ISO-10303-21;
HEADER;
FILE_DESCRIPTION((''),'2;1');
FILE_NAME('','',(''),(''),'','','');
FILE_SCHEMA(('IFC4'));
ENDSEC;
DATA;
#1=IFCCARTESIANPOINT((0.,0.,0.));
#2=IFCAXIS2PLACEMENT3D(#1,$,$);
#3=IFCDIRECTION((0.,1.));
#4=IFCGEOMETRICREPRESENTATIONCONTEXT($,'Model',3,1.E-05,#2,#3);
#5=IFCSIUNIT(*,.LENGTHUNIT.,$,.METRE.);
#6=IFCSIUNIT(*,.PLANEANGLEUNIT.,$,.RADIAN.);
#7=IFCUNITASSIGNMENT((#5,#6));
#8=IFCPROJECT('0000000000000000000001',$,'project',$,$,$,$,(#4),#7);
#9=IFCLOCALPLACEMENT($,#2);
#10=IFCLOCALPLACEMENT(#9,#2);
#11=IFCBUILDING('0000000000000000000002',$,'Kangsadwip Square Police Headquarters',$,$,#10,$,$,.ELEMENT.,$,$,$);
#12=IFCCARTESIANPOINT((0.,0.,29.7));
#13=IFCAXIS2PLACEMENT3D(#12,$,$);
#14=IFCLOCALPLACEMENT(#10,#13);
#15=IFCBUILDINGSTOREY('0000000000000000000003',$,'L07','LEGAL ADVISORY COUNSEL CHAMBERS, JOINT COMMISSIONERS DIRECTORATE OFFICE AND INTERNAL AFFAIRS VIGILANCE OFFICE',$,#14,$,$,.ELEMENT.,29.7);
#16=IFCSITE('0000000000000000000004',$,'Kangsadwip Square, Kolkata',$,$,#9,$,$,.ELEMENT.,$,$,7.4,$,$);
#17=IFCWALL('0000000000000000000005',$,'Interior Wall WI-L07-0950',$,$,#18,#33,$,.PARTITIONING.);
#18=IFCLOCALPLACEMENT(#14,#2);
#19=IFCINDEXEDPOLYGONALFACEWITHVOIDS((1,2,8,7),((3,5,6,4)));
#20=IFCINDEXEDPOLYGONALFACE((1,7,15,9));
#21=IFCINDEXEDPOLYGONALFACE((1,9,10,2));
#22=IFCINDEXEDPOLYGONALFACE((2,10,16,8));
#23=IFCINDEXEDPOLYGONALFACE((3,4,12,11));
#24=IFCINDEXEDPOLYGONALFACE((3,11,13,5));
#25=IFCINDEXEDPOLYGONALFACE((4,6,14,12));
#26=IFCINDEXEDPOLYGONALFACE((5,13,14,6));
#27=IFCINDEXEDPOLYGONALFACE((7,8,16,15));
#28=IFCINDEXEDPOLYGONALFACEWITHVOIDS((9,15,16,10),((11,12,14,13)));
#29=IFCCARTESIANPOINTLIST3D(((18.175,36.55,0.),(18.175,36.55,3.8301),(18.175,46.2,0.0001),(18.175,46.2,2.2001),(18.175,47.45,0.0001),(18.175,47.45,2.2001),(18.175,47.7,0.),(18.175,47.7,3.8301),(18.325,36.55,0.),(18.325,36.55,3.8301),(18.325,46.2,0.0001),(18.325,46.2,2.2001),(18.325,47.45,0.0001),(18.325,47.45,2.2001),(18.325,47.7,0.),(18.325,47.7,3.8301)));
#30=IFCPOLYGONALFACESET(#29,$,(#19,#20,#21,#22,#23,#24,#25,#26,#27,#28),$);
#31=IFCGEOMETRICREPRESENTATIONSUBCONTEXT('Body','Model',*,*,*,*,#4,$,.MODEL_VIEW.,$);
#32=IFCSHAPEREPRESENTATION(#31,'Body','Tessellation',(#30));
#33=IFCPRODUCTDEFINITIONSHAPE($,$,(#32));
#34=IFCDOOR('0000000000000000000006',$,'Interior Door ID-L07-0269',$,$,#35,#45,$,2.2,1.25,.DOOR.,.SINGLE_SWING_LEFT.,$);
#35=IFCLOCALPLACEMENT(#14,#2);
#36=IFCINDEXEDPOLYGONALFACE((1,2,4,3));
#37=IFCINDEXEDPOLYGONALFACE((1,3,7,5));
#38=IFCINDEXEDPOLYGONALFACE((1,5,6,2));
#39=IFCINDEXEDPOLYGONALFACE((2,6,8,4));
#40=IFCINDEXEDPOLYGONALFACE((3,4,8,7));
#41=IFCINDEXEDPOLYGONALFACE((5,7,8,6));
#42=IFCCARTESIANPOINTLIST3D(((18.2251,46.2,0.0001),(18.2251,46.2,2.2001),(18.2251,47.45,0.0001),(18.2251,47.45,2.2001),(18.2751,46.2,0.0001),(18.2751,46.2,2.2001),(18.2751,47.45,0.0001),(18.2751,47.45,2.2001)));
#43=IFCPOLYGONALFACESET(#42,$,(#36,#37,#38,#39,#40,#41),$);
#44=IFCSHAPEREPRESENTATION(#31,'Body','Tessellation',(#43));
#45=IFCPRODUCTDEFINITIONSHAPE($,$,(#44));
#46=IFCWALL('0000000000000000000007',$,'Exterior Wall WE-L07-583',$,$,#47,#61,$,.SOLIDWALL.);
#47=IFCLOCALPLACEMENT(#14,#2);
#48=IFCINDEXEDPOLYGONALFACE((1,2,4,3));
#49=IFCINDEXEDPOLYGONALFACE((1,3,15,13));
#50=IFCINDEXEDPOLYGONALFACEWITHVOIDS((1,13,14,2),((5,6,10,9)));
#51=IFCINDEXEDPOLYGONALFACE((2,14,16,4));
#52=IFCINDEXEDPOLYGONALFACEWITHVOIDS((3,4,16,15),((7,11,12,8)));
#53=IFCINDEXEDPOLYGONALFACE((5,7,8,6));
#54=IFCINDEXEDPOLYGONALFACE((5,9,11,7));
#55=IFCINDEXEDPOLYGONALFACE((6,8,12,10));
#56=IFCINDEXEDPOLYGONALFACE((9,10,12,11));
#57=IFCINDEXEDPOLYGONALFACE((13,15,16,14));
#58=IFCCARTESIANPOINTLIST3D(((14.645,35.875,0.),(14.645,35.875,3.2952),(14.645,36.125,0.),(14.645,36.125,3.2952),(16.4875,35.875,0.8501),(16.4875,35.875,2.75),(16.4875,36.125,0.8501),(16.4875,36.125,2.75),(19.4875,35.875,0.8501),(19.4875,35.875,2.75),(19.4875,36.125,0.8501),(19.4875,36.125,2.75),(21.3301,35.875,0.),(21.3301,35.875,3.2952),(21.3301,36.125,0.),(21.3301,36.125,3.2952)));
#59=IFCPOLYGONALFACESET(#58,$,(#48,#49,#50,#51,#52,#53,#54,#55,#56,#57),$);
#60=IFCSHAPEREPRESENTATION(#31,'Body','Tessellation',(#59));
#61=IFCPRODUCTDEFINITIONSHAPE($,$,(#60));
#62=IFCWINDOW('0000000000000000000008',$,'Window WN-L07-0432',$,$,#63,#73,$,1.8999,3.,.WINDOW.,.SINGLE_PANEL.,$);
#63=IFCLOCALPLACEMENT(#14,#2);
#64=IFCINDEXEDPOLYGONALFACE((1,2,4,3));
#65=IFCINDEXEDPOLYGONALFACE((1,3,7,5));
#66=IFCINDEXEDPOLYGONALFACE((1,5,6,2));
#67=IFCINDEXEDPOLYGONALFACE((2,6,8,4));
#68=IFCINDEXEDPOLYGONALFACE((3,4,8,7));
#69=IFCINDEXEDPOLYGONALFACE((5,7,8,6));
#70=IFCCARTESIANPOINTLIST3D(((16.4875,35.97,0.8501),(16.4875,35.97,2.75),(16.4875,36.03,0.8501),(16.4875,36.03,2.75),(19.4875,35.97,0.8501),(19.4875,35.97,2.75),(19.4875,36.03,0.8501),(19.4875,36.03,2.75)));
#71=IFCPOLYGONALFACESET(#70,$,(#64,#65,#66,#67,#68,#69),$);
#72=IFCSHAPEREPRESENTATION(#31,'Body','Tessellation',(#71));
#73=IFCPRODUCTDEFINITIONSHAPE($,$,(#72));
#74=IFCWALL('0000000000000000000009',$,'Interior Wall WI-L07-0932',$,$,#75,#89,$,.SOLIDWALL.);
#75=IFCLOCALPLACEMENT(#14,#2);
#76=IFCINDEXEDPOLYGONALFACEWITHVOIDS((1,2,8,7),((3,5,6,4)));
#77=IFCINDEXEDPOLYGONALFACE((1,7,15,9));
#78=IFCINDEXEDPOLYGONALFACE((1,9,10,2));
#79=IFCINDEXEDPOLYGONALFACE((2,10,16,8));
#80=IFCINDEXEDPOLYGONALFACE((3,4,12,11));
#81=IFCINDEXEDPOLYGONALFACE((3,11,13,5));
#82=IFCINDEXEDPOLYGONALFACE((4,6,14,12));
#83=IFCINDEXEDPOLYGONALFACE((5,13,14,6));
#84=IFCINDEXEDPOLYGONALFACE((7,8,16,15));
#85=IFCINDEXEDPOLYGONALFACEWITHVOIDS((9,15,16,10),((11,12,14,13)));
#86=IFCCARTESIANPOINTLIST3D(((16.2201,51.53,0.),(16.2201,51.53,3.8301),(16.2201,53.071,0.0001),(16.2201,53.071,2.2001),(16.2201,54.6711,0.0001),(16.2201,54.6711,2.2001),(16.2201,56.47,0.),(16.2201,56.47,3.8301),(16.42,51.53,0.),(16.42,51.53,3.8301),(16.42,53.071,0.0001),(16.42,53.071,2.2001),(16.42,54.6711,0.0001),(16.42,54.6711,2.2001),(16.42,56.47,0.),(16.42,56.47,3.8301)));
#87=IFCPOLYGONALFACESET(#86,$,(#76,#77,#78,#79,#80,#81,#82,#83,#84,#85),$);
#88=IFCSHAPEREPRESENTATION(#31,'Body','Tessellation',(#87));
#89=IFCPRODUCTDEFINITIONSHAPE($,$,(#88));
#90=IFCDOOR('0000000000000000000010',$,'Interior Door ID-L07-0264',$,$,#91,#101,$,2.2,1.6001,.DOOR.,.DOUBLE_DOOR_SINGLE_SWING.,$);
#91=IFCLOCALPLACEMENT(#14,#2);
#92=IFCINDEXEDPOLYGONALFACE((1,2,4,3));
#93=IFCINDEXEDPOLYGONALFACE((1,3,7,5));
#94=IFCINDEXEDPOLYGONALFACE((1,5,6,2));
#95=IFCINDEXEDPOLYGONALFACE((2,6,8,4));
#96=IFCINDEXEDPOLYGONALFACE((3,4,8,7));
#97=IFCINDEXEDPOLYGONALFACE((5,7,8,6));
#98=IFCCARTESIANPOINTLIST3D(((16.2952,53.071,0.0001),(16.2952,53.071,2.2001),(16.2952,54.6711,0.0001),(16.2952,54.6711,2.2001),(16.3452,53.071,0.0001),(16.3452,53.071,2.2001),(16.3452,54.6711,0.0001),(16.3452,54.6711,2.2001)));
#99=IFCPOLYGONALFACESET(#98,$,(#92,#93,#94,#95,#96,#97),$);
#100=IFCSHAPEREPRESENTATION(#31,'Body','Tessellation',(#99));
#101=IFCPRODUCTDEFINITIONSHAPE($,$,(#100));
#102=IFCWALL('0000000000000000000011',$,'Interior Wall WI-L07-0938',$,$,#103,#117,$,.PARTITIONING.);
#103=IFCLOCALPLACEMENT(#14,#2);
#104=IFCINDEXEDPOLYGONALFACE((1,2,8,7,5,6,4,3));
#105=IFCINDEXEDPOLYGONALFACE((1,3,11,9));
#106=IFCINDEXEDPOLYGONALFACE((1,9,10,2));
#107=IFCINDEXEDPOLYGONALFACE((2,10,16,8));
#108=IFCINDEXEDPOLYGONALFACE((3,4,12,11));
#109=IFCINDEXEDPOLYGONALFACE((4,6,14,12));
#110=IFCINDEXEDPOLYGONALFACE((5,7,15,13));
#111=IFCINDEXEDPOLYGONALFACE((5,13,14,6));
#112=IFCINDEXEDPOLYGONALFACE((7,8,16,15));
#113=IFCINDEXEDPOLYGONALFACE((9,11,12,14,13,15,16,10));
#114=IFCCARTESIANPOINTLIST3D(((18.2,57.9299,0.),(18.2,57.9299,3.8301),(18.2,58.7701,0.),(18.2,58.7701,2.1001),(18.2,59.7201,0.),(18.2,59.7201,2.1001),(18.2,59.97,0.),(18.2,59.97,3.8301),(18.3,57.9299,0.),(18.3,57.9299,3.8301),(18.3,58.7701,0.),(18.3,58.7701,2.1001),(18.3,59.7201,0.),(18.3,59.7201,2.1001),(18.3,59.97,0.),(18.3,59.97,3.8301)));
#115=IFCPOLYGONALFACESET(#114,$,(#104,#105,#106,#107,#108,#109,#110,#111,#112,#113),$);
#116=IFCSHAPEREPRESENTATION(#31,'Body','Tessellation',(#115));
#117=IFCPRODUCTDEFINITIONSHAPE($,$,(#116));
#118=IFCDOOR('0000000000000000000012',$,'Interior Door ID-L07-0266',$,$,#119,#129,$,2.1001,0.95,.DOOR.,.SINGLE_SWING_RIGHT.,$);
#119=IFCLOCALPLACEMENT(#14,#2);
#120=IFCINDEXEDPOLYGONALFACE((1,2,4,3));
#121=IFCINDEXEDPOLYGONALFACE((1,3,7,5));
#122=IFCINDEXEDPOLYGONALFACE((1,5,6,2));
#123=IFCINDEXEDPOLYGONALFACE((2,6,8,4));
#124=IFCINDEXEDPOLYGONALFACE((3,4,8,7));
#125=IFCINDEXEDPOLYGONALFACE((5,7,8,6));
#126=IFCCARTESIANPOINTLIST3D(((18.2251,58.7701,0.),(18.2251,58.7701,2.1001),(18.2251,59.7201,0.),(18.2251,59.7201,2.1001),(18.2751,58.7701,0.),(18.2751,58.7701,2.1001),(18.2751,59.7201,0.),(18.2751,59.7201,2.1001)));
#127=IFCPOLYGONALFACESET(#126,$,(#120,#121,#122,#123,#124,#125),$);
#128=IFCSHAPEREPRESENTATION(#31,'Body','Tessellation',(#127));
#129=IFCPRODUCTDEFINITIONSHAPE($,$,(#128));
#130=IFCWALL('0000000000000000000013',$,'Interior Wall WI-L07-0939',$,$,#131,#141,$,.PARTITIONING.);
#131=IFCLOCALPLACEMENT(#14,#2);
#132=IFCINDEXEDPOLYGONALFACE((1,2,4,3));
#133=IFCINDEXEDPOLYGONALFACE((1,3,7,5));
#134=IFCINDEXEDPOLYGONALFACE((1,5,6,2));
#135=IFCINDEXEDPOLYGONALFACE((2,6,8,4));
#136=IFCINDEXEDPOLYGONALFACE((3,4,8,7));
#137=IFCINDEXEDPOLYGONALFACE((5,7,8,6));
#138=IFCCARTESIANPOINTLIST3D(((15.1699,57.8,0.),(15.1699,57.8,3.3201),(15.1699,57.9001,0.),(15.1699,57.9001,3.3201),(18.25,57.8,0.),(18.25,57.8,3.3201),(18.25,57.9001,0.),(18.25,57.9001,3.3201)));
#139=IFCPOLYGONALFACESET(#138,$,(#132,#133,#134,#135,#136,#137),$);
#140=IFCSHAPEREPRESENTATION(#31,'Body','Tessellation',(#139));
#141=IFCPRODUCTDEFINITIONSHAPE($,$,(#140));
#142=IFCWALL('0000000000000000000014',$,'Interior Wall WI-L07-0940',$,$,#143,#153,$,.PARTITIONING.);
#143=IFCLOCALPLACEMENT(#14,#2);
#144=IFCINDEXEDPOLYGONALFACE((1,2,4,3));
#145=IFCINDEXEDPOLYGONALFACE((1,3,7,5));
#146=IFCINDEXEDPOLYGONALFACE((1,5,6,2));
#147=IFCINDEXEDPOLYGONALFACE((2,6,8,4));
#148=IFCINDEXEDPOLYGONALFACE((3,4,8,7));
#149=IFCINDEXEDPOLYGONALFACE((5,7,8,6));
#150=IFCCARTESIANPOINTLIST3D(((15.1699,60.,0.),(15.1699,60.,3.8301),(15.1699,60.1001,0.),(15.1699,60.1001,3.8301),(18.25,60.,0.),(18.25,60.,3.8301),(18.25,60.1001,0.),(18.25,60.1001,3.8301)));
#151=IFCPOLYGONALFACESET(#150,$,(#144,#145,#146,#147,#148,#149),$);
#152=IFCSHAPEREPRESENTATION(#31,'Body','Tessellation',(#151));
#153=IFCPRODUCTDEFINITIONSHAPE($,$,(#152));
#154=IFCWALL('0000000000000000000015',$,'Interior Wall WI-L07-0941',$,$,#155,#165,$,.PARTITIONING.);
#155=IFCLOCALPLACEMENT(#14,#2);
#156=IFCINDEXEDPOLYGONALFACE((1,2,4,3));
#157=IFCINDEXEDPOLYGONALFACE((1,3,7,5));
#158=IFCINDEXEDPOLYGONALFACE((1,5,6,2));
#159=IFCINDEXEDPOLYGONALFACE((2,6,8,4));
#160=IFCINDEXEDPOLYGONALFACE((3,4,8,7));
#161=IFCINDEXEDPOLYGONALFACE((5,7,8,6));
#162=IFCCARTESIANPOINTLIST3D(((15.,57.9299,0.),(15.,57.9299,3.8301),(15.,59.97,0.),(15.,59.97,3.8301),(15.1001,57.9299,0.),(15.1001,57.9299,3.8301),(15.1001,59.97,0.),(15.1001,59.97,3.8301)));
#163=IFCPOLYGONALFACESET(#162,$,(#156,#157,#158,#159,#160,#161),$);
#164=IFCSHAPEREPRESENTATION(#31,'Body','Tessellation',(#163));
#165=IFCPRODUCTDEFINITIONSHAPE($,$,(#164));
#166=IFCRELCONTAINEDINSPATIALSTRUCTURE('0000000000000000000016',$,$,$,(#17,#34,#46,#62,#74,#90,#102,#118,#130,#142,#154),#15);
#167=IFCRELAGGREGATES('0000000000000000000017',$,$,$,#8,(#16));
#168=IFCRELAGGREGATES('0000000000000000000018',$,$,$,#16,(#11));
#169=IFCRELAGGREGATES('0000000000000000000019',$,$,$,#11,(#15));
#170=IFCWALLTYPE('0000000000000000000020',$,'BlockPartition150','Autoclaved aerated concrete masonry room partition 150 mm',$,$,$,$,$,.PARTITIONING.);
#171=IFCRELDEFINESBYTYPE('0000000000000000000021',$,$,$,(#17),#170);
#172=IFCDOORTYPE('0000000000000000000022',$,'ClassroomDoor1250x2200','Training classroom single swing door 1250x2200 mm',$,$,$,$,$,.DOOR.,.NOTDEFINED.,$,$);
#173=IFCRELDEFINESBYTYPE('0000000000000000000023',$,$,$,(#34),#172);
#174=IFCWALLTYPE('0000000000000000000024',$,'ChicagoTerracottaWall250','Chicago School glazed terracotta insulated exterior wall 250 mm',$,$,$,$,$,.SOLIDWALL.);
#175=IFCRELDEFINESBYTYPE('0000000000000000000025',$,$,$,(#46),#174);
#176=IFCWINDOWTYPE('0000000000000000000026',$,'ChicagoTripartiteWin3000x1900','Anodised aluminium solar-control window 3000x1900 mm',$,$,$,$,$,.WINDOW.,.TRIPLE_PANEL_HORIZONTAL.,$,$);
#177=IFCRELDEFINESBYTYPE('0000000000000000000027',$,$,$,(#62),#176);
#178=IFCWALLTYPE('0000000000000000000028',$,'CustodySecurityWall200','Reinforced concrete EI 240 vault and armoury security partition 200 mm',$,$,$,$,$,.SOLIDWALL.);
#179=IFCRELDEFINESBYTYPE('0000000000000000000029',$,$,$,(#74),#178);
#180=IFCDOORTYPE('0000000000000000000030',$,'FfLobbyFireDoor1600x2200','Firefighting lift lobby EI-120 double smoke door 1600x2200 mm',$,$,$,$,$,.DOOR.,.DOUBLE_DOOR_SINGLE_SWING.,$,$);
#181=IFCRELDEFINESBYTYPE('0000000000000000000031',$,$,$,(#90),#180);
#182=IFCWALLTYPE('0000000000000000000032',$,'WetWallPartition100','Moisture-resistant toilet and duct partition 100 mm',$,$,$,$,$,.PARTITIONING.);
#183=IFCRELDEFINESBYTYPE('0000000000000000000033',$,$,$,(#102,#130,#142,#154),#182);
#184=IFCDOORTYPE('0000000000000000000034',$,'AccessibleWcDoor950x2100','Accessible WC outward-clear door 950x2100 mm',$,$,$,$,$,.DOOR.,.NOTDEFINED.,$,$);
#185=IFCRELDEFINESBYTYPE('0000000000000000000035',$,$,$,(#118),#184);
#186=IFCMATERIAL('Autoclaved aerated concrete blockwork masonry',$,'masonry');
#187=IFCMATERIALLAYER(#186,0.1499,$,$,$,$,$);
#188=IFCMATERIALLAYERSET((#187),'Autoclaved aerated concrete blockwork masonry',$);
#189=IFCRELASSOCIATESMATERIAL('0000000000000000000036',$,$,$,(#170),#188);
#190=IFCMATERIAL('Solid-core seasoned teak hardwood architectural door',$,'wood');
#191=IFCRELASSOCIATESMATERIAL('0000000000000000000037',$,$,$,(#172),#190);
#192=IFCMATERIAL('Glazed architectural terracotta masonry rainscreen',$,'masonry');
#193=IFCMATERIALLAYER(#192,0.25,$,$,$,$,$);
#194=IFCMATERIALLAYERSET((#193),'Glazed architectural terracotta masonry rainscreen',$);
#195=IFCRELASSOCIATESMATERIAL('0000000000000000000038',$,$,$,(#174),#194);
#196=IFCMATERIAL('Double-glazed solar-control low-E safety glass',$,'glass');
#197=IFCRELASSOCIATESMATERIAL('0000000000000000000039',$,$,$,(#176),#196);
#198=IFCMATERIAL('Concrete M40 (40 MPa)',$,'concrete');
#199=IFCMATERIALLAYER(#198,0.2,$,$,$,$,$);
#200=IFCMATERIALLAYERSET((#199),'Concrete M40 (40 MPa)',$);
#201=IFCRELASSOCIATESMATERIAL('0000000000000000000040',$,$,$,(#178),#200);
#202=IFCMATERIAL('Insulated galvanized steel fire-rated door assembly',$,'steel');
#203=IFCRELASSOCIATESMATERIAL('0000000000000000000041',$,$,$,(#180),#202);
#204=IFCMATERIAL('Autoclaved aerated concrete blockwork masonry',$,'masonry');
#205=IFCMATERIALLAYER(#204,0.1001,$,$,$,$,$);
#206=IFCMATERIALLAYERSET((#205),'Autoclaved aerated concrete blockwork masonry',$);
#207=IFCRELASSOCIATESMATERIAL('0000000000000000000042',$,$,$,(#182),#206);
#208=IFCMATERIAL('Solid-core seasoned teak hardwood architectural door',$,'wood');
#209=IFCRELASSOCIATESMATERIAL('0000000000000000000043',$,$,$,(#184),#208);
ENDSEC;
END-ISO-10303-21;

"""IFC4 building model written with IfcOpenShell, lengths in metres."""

from ifc_helpers import new_model, si_unit, direction, frame, frame_2d, origin, place, context, subcontext, project, spatial, rectangle, extrude, material, layer, layer_set, type_object, element, fill, save


model = new_model("IFC4")

# Units and contexts
model_context = context("Model", 3, precision=1e-05, world=origin(), true_north=direction((0.0, 1.0)))
body_context = subcontext(model_context, "Body", "Model", "MODEL_VIEW")
ifc_project = project(units=[si_unit("LENGTHUNIT", "METRE"), si_unit("PLANEANGLEUNIT", "RADIAN")], contexts=[model_context])

# Site, building, storey
site_placement = place(None, origin())
site = spatial("IfcSite", under=ifc_project, at=site_placement, Name="Kangsadwip Square, Kolkata", CompositionType="ELEMENT", RefElevation=7.4)
building_placement = place(site_placement, origin())
building = spatial("IfcBuilding", under=site, at=building_placement, Name="Kangsadwip Square Police Headquarters", CompositionType="ELEMENT")
storey_placement = place(building_placement, frame((0.0, 0.0, 29.7)))
storey = spatial("IfcBuildingStorey", under=building, at=storey_placement, Name="L07", Description="LEGAL ADVISORY COUNSEL CHAMBERS, JOINT COMMISSIONERS DIRECTORATE OFFICE AND INTERNAL AFFAIRS VIGILANCE OFFICE", CompositionType="ELEMENT", Elevation=29.7)

# Wall, opening, door
ifc_material_1 = material(Name="Autoclaved aerated concrete blockwork masonry", Category="masonry")
ifc_layer_1 = layer(ifc_material_1, 0.1499)
ifc_layer_set_1 = layer_set([ifc_layer_1], Name="Autoclaved aerated concrete blockwork masonry")
wall_type_1 = type_object("IfcWallType", Name="BlockPartition150", Description="Autoclaved aerated concrete masonry room partition 150 mm", PredefinedType="PARTITIONING", material=ifc_layer_set_1)
wall_1_placement = place(storey_placement, frame((18.25, 36.55, 0.0), z_axis=(0.0, 0.0, 1.0), x_axis=(0.0, 1.0, 0.0)))
wall_1 = element("IfcWall", 1, at=wall_1_placement, inside=storey, type_object=wall_type_1, Name="Interior Wall WI-L07-0950", PredefinedType="PARTITIONING", context=body_context, shape_type="SweptSolid", body=[
    extrude(rectangle(XDim=11.1499, YDim=0.1499, at=frame_2d((5.575, 0.0))), origin(), (0.0, 0.0, 1.0), 3.8301),
])
opening_1_placement = place(wall_1_placement, frame((9.6499, 0.0, 0.0)))
opening_1 = element("IfcOpeningElement", 2, at=opening_1_placement, cuts=wall_1, PredefinedType="OPENING", context=body_context, shape_type="SweptSolid", body=[
    extrude(rectangle(XDim=1.25, YDim=2.2, at=frame_2d((0.625, 1.1001))), frame((0.0, 0.085, 0.0), z_axis=(0.0, -1.0, 0.0), x_axis=(1.0, 0.0, 0.0)), (0.0, 0.0, 1.0), 0.1699),
])
ifc_material_2 = material(Name="Solid-core seasoned teak hardwood architectural door", Category="wood")
door_type_1 = type_object("IfcDoorType", Name="ClassroomDoor1250x2200", Description="Training classroom single swing door 1250x2200 mm", OperationType="NOTDEFINED", PredefinedType="DOOR", material=ifc_material_2)
door_1_placement = place(opening_1_placement, origin())
door_1 = element("IfcDoor", 3, at=door_1_placement, inside=storey, type_object=door_type_1, Name="Interior Door ID-L07-0269", OperationType="SINGLE_SWING_LEFT", OverallHeight=2.2, OverallWidth=1.25, PredefinedType="DOOR", context=body_context, shape_type="SweptSolid", body=[
    extrude(rectangle(XDim=1.25, YDim=2.2, at=frame_2d((0.625, 1.1001))), frame((0.0, 0.0249, 0.0), z_axis=(0.0, -1.0, 0.0), x_axis=(1.0, 0.0, 0.0)), (0.0, 0.0, 1.0), 0.05),
])
fill(opening_1, door_1)

# Wall, opening, window
ifc_material_3 = material(Name="Glazed architectural terracotta masonry rainscreen", Category="masonry")
ifc_layer_2 = layer(ifc_material_3, 0.25)
ifc_layer_set_2 = layer_set([ifc_layer_2], Name="Glazed architectural terracotta masonry rainscreen")
wall_type_2 = type_object("IfcWallType", Name="ChicagoTerracottaWall250", Description="Chicago School glazed terracotta insulated exterior wall 250 mm", PredefinedType="SOLIDWALL", material=ifc_layer_set_2)
wall_2_placement = place(storey_placement, frame((14.645, 36.0, 0.0), z_axis=(0.0, 0.0, 1.0), x_axis=(1.0, 0.0, 0.0)))
wall_2 = element("IfcWall", 4, at=wall_2_placement, inside=storey, type_object=wall_type_2, Name="Exterior Wall WE-L07-583", PredefinedType="SOLIDWALL", context=body_context, shape_type="SweptSolid", body=[
    extrude(rectangle(XDim=6.6851, YDim=0.25, at=frame_2d((3.3425, 0.0))), origin(), (0.0, 0.0, 1.0), 3.2952),
])
opening_2_placement = place(wall_2_placement, frame((1.8425, 0.0, 0.8501)))
opening_2 = element("IfcOpeningElement", 5, at=opening_2_placement, cuts=wall_2, PredefinedType="OPENING", context=body_context, shape_type="SweptSolid", body=[
    extrude(rectangle(XDim=3.0, YDim=1.8999, at=frame_2d((1.5, 0.95))), frame((0.0, 0.135, 0.0), z_axis=(0.0, -1.0, 0.0), x_axis=(1.0, 0.0, 0.0)), (0.0, 0.0, 1.0), 0.27),
])
ifc_material_4 = material(Name="Double-glazed solar-control low-E safety glass", Category="glass")
window_type = type_object("IfcWindowType", Name="ChicagoTripartiteWin3000x1900", Description="Anodised aluminium solar-control window 3000x1900 mm", PartitioningType="TRIPLE_PANEL_HORIZONTAL", PredefinedType="WINDOW", material=ifc_material_4)
window_placement = place(opening_2_placement, origin())
window = element("IfcWindow", 6, at=window_placement, inside=storey, type_object=window_type, Name="Window WN-L07-0432", OverallHeight=1.8999, OverallWidth=3.0, PartitioningType="SINGLE_PANEL", PredefinedType="WINDOW", context=body_context, shape_type="SweptSolid", body=[
    extrude(rectangle(XDim=3.0, YDim=1.8999, at=frame_2d((1.5, 0.95))), frame((0.0, 0.03, 0.0), z_axis=(0.0, -1.0, 0.0), x_axis=(1.0, 0.0, 0.0)), (0.0, 0.0, 1.0), 0.0601),
])
fill(opening_2, window)

# Walls, openings, doors
ifc_material_5 = material(Name="Concrete M40 (40 MPa)", Category="concrete")
ifc_layer_3 = layer(ifc_material_5, 0.2)
ifc_layer_set_3 = layer_set([ifc_layer_3], Name="Concrete M40 (40 MPa)")
wall_type_3 = type_object("IfcWallType", Name="CustodySecurityWall200", Description="Reinforced concrete EI 240 vault and armoury security partition 200 mm", PredefinedType="SOLIDWALL", material=ifc_layer_set_3)
wall_3_placement = place(storey_placement, frame((16.3201, 51.53, 0.0), z_axis=(0.0, 0.0, 1.0), x_axis=(0.0, 1.0, 0.0)))
wall_3 = element("IfcWall", 7, at=wall_3_placement, inside=storey, type_object=wall_type_3, Name="Interior Wall WI-L07-0932", PredefinedType="SOLIDWALL", context=body_context, shape_type="SweptSolid", body=[
    extrude(rectangle(XDim=4.9399, YDim=0.2, at=frame_2d((2.47, 0.0))), origin(), (0.0, 0.0, 1.0), 3.8301),
])
opening_3_placement = place(wall_3_placement, frame((1.541, 0.0, 0.0)))
opening_3 = element("IfcOpeningElement", 8, at=opening_3_placement, cuts=wall_3, PredefinedType="OPENING", context=body_context, shape_type="SweptSolid", body=[
    extrude(rectangle(XDim=1.6001, YDim=2.2, at=frame_2d((0.8, 1.1001))), frame((0.0, 0.1099, 0.0), z_axis=(0.0, -1.0, 0.0), x_axis=(1.0, 0.0, 0.0)), (0.0, 0.0, 1.0), 0.22),
])
ifc_material_6 = material(Name="Insulated galvanized steel fire-rated door assembly", Category="steel")
door_type_2 = type_object("IfcDoorType", Name="FfLobbyFireDoor1600x2200", Description="Firefighting lift lobby EI-120 double smoke door 1600x2200 mm", OperationType="DOUBLE_DOOR_SINGLE_SWING", PredefinedType="DOOR", material=ifc_material_6)
door_2_placement = place(opening_3_placement, origin())
door_2 = element("IfcDoor", 9, at=door_2_placement, inside=storey, type_object=door_type_2, Name="Interior Door ID-L07-0264", OperationType="DOUBLE_DOOR_SINGLE_SWING", OverallHeight=2.2, OverallWidth=1.6001, PredefinedType="DOOR", context=body_context, shape_type="SweptSolid", body=[
    extrude(rectangle(XDim=1.6001, YDim=2.2, at=frame_2d((0.8, 1.1001))), frame((0.0, 0.0249, 0.0), z_axis=(0.0, -1.0, 0.0), x_axis=(1.0, 0.0, 0.0)), (0.0, 0.0, 1.0), 0.05),
])
fill(opening_3, door_2)
ifc_material_7 = material(Name="Autoclaved aerated concrete blockwork masonry", Category="masonry")
ifc_layer_4 = layer(ifc_material_7, 0.1001)
ifc_layer_set_4 = layer_set([ifc_layer_4], Name="Autoclaved aerated concrete blockwork masonry")
wall_type_4 = type_object("IfcWallType", Name="WetWallPartition100", Description="Moisture-resistant toilet and duct partition 100 mm", PredefinedType="PARTITIONING", material=ifc_layer_set_4)
wall_4_placement = place(storey_placement, frame((18.25, 57.9299, 0.0), z_axis=(0.0, 0.0, 1.0), x_axis=(0.0, 1.0, 0.0)))
wall_4 = element("IfcWall", 10, at=wall_4_placement, inside=storey, type_object=wall_type_4, Name="Interior Wall WI-L07-0938", PredefinedType="PARTITIONING", context=body_context, shape_type="SweptSolid", body=[
    extrude(rectangle(XDim=2.04, YDim=0.1001, at=frame_2d((1.02, 0.0))), origin(), (0.0, 0.0, 1.0), 3.8301),
])
opening_4_placement = place(wall_4_placement, frame((0.8401, 0.0, 0.0)))
opening_4 = element("IfcOpeningElement", 11, at=opening_4_placement, cuts=wall_4, PredefinedType="OPENING", context=body_context, shape_type="SweptSolid", body=[
    extrude(rectangle(XDim=0.95, YDim=2.1001, at=frame_2d((0.4751, 1.05))), frame((0.0, 0.0601, 0.0), z_axis=(0.0, -1.0, 0.0), x_axis=(1.0, 0.0, 0.0)), (0.0, 0.0, 1.0), 0.1201),
])
ifc_material_8 = material(Name="Solid-core seasoned teak hardwood architectural door", Category="wood")
door_type_3 = type_object("IfcDoorType", Name="AccessibleWcDoor950x2100", Description="Accessible WC outward-clear door 950x2100 mm", OperationType="NOTDEFINED", PredefinedType="DOOR", material=ifc_material_8)
door_3_placement = place(opening_4_placement, origin())
door_3 = element("IfcDoor", 12, at=door_3_placement, inside=storey, type_object=door_type_3, Name="Interior Door ID-L07-0266", OperationType="SINGLE_SWING_RIGHT", OverallHeight=2.1001, OverallWidth=0.95, PredefinedType="DOOR", context=body_context, shape_type="SweptSolid", body=[
    extrude(rectangle(XDim=0.95, YDim=2.1001, at=frame_2d((0.4751, 1.05))), frame((0.0, 0.0249, 0.0), z_axis=(0.0, -1.0, 0.0), x_axis=(1.0, 0.0, 0.0)), (0.0, 0.0, 1.0), 0.05),
])
fill(opening_4, door_3)

# Walls
wall_5_placement = place(storey_placement, frame((15.1699, 57.8501, 0.0), z_axis=(0.0, 0.0, 1.0), x_axis=(1.0, 0.0, 0.0)))
element("IfcWall", 13, at=wall_5_placement, inside=storey, type_object=wall_type_4, Name="Interior Wall WI-L07-0939", PredefinedType="PARTITIONING", context=body_context, shape_type="SweptSolid", body=[
    extrude(rectangle(XDim=3.0801, YDim=0.1001, at=frame_2d((1.54, 0.0))), origin(), (0.0, 0.0, 1.0), 3.3201),
])
wall_6_placement = place(storey_placement, frame((15.1699, 60.05, 0.0), z_axis=(0.0, 0.0, 1.0), x_axis=(1.0, 0.0, 0.0)))
element("IfcWall", 14, at=wall_6_placement, inside=storey, type_object=wall_type_4, Name="Interior Wall WI-L07-0940", PredefinedType="PARTITIONING", context=body_context, shape_type="SweptSolid", body=[
    extrude(rectangle(XDim=3.0801, YDim=0.1001, at=frame_2d((1.54, 0.0))), origin(), (0.0, 0.0, 1.0), 3.8301),
])
wall_7_placement = place(storey_placement, frame((15.05, 57.9299, 0.0), z_axis=(0.0, 0.0, 1.0), x_axis=(0.0, 1.0, 0.0)))
element("IfcWall", 15, at=wall_7_placement, inside=storey, type_object=wall_type_4, Name="Interior Wall WI-L07-0941", PredefinedType="PARTITIONING", context=body_context, shape_type="SweptSolid", body=[
    extrude(rectangle(XDim=2.04, YDim=0.1001, at=frame_2d((1.02, 0.0))), origin(), (0.0, 0.0, 1.0), 3.8301),
])

save(model, "model.ifc")
